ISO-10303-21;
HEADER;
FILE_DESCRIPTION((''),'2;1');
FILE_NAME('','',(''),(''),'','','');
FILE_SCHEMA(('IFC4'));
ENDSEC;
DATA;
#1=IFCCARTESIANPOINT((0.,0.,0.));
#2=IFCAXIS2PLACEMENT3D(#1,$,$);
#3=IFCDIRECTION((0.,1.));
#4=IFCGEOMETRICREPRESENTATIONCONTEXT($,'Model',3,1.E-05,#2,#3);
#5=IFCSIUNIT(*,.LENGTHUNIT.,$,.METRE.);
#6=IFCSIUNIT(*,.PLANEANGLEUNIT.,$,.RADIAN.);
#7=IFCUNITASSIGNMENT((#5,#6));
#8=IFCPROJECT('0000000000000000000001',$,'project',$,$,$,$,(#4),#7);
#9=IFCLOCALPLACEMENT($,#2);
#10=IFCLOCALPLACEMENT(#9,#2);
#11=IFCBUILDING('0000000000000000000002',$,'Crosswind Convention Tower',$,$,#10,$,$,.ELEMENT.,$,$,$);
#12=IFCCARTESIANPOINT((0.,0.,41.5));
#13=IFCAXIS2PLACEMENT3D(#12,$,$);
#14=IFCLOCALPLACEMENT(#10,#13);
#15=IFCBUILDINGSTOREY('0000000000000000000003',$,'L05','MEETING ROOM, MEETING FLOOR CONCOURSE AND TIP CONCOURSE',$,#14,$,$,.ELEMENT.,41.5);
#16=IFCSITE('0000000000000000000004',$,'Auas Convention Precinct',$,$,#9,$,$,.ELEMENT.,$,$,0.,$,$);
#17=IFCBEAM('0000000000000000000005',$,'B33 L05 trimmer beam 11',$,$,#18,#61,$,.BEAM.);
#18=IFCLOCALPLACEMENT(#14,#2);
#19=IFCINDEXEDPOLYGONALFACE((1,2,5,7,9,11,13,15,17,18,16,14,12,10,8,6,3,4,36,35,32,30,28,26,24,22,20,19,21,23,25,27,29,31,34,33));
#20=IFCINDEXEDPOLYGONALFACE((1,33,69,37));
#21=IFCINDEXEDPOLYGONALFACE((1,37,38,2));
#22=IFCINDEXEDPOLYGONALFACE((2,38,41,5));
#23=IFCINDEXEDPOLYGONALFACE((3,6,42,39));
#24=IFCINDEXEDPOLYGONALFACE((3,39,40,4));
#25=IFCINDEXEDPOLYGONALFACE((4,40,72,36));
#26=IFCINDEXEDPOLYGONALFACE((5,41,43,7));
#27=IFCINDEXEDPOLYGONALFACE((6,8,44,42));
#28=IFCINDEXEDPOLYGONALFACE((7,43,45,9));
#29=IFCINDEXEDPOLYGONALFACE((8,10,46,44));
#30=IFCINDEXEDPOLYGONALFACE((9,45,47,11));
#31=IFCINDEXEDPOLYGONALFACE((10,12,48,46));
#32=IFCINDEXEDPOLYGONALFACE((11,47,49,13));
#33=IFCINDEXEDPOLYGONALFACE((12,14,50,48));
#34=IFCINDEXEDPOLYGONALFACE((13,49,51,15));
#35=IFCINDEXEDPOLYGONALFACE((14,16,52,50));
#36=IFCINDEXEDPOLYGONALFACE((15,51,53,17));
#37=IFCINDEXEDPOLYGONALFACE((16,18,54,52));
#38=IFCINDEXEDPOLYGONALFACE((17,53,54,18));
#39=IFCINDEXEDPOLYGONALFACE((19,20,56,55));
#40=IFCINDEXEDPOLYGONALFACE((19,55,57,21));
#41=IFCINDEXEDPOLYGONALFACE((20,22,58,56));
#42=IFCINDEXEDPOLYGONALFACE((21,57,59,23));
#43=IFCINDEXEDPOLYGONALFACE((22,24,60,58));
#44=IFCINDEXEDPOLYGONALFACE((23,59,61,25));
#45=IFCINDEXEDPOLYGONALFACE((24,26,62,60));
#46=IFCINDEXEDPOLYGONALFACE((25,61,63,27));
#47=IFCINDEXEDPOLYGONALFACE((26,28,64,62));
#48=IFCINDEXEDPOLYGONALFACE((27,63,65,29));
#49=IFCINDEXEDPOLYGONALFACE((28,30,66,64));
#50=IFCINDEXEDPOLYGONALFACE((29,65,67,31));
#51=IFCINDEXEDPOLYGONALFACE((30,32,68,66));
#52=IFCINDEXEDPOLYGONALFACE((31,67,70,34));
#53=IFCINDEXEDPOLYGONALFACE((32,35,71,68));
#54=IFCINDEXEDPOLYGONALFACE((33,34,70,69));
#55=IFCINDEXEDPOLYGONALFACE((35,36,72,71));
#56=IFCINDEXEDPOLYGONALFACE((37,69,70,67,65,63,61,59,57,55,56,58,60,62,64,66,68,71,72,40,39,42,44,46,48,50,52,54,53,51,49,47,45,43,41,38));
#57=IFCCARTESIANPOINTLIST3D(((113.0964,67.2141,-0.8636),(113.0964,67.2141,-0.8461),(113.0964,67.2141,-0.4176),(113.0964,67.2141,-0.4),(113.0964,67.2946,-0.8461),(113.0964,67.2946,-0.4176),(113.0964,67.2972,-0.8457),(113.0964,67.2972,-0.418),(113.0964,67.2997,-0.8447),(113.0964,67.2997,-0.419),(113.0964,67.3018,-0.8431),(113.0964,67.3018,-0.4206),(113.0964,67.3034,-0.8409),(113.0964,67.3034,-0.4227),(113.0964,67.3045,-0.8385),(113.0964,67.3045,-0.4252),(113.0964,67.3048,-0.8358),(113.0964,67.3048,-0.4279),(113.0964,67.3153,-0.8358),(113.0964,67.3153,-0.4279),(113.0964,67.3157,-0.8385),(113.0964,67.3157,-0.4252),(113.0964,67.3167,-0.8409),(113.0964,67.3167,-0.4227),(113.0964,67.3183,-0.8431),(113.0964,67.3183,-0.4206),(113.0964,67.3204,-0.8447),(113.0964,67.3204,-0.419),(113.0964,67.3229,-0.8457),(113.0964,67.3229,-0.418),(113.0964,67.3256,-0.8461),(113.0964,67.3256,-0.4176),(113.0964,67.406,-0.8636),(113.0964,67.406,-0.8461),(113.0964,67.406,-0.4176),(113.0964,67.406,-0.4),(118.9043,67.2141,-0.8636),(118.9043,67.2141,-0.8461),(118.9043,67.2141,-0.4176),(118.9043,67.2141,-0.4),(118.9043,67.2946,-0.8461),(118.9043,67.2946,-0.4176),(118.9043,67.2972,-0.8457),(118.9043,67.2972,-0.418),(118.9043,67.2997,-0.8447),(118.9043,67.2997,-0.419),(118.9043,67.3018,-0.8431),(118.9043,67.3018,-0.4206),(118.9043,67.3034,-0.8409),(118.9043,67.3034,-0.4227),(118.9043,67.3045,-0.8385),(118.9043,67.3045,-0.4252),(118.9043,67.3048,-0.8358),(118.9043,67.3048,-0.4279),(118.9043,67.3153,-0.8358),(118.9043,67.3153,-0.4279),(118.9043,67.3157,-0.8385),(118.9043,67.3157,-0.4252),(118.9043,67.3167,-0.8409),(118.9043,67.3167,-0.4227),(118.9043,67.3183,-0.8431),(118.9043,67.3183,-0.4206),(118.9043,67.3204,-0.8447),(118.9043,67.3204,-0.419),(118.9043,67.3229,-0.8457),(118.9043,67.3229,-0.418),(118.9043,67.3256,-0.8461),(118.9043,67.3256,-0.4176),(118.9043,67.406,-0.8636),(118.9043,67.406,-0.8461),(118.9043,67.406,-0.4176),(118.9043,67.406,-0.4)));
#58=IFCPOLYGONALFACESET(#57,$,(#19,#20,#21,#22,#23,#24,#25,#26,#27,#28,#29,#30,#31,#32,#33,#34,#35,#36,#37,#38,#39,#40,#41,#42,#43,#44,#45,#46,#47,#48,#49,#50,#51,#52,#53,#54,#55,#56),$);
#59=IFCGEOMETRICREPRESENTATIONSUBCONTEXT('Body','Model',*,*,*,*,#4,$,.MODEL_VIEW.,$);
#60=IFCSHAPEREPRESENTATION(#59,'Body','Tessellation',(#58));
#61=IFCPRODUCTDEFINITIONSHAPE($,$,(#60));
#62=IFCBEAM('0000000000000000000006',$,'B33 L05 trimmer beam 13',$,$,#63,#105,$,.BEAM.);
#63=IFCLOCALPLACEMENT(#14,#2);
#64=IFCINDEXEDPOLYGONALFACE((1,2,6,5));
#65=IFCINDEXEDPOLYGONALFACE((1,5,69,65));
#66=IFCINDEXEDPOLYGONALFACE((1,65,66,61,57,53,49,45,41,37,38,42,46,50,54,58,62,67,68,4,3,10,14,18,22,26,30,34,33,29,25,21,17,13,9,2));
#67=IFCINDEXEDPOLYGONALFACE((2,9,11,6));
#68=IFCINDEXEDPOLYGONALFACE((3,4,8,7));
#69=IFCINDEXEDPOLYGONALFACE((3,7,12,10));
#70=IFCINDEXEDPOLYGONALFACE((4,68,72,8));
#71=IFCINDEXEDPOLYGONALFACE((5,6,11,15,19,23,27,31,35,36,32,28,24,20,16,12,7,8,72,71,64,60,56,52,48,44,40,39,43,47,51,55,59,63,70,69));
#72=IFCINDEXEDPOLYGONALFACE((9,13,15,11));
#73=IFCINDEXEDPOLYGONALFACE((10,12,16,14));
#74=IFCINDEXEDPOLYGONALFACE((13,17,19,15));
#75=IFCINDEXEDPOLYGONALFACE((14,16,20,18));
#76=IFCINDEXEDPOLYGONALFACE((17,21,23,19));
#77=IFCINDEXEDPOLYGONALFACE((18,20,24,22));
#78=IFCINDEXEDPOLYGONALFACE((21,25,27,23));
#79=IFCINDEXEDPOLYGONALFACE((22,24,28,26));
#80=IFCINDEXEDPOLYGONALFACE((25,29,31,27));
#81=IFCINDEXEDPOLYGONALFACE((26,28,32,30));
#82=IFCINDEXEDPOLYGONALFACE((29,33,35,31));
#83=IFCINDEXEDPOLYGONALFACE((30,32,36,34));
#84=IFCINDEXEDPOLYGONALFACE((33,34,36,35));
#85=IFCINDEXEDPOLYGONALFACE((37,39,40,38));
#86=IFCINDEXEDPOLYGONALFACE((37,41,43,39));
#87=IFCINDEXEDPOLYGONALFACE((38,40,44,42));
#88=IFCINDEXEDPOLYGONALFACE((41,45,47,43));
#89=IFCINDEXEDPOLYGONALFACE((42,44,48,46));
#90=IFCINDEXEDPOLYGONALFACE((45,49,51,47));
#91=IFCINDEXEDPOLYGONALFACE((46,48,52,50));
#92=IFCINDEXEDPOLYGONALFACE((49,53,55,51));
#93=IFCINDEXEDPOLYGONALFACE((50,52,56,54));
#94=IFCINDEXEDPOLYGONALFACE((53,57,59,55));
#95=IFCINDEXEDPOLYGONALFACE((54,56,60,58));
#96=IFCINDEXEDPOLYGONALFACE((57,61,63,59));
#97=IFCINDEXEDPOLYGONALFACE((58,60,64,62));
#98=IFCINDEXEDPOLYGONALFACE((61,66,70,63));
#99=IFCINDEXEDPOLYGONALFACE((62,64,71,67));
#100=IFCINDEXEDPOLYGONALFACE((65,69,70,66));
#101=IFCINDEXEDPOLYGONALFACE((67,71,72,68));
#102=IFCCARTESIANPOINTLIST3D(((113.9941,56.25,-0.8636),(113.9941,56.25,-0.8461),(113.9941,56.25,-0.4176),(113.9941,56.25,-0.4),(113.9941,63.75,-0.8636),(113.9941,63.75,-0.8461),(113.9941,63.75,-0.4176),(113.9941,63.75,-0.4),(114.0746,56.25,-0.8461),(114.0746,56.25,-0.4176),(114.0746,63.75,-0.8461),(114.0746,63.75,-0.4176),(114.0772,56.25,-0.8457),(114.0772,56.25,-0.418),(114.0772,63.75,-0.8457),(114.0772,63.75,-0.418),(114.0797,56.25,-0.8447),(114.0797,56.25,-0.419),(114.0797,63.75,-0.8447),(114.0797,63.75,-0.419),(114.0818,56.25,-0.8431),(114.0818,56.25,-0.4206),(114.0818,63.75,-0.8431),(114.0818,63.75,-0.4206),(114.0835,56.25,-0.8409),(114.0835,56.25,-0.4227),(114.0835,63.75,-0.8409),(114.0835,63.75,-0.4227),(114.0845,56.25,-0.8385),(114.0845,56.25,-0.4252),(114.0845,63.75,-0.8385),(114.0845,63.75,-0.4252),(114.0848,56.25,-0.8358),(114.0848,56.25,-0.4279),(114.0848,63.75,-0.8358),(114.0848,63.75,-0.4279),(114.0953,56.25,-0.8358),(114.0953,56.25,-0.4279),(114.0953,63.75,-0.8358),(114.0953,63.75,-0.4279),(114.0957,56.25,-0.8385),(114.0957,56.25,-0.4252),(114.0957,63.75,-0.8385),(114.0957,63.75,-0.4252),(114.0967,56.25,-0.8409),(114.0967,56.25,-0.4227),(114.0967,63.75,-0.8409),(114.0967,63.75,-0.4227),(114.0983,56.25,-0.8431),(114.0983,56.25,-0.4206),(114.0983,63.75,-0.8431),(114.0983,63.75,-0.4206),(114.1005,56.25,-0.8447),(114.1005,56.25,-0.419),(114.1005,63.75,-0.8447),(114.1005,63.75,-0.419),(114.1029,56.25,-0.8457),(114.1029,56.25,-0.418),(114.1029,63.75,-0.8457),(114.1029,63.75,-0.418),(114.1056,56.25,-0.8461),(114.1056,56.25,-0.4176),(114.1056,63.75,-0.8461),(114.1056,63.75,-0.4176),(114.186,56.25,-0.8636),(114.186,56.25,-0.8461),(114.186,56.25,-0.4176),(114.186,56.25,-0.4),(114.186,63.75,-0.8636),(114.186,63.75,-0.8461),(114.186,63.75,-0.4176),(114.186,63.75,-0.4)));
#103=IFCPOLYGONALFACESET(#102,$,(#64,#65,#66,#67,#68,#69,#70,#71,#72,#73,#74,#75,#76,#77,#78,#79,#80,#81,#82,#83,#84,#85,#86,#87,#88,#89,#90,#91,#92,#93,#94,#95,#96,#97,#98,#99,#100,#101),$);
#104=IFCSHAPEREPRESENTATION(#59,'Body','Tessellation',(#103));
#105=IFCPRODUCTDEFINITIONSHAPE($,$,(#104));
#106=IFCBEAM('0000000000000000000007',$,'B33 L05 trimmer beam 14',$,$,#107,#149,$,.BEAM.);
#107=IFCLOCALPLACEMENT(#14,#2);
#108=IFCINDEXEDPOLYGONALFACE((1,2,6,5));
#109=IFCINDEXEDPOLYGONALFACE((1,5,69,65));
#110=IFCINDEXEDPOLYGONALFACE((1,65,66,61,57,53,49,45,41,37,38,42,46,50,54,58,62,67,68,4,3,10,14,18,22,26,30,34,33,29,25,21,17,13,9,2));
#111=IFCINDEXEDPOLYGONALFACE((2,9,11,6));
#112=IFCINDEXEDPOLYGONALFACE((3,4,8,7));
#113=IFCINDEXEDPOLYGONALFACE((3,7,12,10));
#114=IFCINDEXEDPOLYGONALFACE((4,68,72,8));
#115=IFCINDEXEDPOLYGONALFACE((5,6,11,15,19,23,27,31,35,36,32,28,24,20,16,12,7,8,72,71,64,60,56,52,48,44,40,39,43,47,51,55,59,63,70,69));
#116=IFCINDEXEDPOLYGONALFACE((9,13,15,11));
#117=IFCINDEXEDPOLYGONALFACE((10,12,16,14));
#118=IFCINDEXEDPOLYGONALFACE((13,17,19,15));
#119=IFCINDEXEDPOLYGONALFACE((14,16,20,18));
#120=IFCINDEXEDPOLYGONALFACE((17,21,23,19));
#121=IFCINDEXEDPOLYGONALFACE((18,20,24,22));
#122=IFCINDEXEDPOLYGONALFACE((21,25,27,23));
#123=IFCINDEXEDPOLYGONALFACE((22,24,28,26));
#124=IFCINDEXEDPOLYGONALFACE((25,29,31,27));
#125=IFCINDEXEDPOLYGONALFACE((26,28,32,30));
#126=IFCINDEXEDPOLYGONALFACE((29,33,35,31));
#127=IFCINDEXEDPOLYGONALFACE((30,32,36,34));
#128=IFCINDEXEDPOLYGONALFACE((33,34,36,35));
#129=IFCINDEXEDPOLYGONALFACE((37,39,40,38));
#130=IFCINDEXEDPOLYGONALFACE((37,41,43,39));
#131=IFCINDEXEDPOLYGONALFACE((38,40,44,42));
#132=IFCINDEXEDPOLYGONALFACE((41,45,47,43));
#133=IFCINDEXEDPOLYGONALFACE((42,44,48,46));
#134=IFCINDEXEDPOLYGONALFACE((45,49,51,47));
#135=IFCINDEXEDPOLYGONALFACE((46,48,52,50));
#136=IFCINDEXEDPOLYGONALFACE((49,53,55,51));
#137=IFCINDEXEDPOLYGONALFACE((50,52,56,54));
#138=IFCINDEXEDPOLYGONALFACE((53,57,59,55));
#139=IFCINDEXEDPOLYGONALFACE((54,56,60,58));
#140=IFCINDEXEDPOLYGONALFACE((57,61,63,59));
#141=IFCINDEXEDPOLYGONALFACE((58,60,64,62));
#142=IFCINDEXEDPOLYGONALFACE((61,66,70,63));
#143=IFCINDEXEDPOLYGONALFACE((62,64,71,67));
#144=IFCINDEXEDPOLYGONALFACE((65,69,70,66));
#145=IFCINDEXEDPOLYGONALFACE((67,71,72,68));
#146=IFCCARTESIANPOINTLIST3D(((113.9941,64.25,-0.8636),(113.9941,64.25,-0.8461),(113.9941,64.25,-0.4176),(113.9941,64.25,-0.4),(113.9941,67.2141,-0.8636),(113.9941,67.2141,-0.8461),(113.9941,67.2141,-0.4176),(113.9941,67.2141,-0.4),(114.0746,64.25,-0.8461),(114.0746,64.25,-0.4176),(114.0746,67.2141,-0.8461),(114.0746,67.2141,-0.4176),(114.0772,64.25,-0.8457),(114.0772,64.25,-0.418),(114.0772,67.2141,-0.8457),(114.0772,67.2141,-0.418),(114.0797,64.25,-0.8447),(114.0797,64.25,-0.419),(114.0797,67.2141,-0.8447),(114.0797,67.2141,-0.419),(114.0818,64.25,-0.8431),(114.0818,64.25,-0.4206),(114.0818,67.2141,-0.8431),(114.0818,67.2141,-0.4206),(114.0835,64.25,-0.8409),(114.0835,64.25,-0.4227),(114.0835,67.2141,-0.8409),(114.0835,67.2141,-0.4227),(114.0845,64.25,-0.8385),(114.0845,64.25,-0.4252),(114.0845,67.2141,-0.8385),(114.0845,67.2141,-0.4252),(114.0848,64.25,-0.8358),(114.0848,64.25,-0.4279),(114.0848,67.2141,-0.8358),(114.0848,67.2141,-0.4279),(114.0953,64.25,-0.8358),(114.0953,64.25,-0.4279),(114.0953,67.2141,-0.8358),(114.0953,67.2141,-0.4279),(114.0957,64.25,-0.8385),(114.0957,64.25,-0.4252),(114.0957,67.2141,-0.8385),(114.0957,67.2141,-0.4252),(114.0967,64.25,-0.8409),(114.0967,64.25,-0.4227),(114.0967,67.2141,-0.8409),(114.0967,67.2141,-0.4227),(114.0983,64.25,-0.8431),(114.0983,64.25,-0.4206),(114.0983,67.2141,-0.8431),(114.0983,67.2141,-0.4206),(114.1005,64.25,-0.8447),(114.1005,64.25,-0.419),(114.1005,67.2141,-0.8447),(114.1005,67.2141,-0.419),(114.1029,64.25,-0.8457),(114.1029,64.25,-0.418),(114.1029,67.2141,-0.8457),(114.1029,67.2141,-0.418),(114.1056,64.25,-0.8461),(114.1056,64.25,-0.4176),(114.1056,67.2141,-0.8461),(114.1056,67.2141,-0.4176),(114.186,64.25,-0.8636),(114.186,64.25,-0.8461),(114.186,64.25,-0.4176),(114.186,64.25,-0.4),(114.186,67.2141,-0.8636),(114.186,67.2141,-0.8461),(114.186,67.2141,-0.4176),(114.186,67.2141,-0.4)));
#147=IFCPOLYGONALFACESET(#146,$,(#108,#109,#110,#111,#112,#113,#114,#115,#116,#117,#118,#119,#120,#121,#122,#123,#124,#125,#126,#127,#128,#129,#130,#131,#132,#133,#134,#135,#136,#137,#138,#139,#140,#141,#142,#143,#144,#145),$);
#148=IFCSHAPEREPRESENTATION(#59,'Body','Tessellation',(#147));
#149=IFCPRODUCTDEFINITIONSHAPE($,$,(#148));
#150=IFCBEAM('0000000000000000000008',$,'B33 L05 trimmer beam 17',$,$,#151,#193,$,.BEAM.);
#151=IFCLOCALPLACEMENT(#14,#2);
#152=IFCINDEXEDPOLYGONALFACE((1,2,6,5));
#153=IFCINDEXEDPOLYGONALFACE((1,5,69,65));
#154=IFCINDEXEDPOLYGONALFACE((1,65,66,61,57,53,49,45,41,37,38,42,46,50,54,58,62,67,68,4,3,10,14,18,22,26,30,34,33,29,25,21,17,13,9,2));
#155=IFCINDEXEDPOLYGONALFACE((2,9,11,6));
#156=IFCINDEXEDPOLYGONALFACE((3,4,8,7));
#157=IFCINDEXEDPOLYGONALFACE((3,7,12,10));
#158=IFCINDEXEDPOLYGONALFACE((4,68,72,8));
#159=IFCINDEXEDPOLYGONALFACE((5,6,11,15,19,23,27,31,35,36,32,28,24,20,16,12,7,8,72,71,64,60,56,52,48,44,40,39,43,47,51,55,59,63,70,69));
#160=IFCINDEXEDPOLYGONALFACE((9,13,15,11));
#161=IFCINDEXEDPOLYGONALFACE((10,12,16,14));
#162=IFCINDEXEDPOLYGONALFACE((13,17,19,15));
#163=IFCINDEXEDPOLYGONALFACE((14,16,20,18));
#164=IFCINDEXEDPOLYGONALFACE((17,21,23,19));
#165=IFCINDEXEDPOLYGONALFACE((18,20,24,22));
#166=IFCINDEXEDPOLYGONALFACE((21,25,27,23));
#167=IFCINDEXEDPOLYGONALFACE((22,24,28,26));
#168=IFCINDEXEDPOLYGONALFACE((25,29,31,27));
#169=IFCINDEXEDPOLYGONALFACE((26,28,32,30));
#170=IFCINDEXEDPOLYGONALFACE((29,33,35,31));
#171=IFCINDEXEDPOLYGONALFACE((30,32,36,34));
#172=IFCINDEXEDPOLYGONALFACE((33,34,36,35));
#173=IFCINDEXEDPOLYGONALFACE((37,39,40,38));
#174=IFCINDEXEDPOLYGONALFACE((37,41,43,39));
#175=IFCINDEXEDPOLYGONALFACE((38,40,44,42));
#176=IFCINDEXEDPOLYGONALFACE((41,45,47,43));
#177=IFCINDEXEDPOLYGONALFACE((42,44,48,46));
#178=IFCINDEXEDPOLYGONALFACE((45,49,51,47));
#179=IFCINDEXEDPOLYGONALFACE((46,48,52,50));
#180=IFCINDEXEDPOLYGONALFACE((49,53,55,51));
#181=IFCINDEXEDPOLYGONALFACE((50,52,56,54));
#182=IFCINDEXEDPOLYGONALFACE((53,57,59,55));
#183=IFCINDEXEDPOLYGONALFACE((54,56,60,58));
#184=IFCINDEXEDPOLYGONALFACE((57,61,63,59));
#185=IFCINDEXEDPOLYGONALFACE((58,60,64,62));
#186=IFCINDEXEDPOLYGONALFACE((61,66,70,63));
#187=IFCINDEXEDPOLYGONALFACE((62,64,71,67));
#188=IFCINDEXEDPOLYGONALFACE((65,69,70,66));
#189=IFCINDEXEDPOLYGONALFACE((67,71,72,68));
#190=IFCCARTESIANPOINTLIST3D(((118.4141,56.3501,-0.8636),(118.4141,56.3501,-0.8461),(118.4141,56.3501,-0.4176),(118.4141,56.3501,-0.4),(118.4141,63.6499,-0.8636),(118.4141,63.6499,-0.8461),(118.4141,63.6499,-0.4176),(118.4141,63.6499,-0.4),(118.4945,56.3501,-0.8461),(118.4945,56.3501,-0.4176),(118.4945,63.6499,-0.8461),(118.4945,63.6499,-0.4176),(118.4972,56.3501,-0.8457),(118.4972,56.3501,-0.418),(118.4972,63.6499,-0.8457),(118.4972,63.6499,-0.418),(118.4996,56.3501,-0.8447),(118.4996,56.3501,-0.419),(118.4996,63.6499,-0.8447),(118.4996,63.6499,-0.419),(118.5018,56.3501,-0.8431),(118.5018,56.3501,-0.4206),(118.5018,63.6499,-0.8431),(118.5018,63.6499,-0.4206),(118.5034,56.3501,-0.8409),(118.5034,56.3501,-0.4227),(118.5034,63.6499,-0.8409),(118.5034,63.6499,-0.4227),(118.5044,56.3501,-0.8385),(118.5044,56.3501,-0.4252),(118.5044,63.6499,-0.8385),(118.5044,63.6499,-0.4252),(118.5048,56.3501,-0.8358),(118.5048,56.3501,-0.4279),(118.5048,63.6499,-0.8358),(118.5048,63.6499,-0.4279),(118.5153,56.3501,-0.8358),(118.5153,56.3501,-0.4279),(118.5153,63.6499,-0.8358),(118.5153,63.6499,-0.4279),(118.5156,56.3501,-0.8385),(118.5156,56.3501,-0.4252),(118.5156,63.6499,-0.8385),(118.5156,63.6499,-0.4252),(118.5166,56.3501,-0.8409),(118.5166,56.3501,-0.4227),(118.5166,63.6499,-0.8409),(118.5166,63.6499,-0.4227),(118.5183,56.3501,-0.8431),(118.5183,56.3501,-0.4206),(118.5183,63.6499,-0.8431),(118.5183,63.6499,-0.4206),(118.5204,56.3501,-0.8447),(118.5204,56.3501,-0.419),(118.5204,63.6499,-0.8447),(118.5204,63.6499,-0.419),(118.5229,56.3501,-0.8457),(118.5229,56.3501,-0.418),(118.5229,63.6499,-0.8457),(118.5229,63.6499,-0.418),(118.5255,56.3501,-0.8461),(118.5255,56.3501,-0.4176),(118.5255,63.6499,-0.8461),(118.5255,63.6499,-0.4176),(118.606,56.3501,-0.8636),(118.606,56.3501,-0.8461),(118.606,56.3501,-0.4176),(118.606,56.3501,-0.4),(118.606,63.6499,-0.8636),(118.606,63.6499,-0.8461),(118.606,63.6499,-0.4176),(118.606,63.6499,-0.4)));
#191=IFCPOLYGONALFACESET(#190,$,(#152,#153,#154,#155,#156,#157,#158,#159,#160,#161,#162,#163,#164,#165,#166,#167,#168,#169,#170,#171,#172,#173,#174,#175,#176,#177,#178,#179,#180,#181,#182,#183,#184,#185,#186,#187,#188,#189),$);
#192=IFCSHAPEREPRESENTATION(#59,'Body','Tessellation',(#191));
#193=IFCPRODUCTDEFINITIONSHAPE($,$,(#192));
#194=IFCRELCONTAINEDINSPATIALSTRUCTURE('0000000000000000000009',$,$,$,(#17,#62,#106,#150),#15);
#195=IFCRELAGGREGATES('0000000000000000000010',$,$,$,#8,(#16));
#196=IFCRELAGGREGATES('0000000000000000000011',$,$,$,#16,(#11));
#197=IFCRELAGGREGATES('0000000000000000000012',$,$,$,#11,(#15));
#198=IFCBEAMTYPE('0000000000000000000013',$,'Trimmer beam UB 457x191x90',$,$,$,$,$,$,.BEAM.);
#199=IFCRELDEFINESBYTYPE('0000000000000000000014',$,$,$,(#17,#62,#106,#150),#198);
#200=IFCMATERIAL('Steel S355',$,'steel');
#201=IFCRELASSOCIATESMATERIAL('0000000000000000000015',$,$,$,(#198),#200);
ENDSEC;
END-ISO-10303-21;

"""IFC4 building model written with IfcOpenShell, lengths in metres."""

from ifc_helpers import new_model, si_unit, direction, frame, origin, origin_2d, place, context, subcontext, project, spatial, i_section, extrude, material, material_profile, profile_set, type_object, element, save


model = new_model("IFC4")

# Units and contexts
model_context = context("Model", 3, precision=1e-05, world=origin(), true_north=direction((0.0, 1.0)))
body_context = subcontext(model_context, "Body", "Model", "MODEL_VIEW")
ifc_project = project(units=[si_unit("LENGTHUNIT", "METRE"), si_unit("PLANEANGLEUNIT", "RADIAN")], contexts=[model_context])

# Site, building, storey
site_placement = place(None, origin())
site = spatial("IfcSite", under=ifc_project, at=site_placement, Name="Auas Convention Precinct", CompositionType="ELEMENT", RefElevation=0.0)
building_placement = place(site_placement, origin())
building = spatial("IfcBuilding", under=site, at=building_placement, Name="Crosswind Convention Tower", CompositionType="ELEMENT")
storey_placement = place(building_placement, frame((0.0, 0.0, 41.5)))
storey = spatial("IfcBuildingStorey", under=building, at=storey_placement, Name="L05", Description="MEETING ROOM, MEETING FLOOR CONCOURSE AND TIP CONCOURSE", CompositionType="ELEMENT", Elevation=41.5)

# Shared definitions
ifc_material_1 = material(Name="Steel S355", Category="steel")

# Beams
ifc_material_profile_1 = material_profile(ifc_material_1, i_section(OverallWidth=0.1919, OverallDepth=0.4636, WebThickness=0.0105, FlangeThickness=0.0176, FilletRadius=0.0103, at=origin_2d()), Name="UB 457x191x90")
ifc_profile_set_1 = profile_set([ifc_material_profile_1], Name="Steel S355")
beam_type_1 = type_object("IfcBeamType", Name="Trimmer beam UB 457x191x90", PredefinedType="BEAM", material=ifc_profile_set_1)
beam_1_placement = place(storey_placement, frame((113.0964, 67.3101, -0.6318), z_axis=(1.0, 0.0, 0.0), x_axis=(0.0, 1.0, 0.0)))
element("IfcBeam", 1, at=beam_1_placement, inside=storey, type_object=beam_type_1, Name="B33 L05 trimmer beam 11", PredefinedType="BEAM", context=body_context, shape_type="SweptSolid", body=[
    extrude(i_section(OverallWidth=0.1919, OverallDepth=0.4636, WebThickness=0.0105, FlangeThickness=0.0176, FilletRadius=0.0103, at=origin_2d()), origin(), (0.0, 0.0, 1.0), 5.8079),
])
beam_2_placement = place(storey_placement, frame((114.0901, 63.75, -0.6318), z_axis=(0.0, -1.0, 0.0), x_axis=(1.0, 0.0, 0.0)))
element("IfcBeam", 2, at=beam_2_placement, inside=storey, type_object=beam_type_1, Name="B33 L05 trimmer beam 13", PredefinedType="BEAM", context=body_context, shape_type="SweptSolid", body=[
    extrude(i_section(OverallWidth=0.1919, OverallDepth=0.4636, WebThickness=0.0105, FlangeThickness=0.0176, FilletRadius=0.0103, at=origin_2d()), origin(), (0.0, 0.0, 1.0), 7.5),
])
beam_3_placement = place(storey_placement, frame((114.0901, 67.2141, -0.6318), z_axis=(0.0, -1.0, 0.0), x_axis=(1.0, 0.0, 0.0)))
element("IfcBeam", 3, at=beam_3_placement, inside=storey, type_object=beam_type_1, Name="B33 L05 trimmer beam 14", PredefinedType="BEAM", context=body_context, shape_type="SweptSolid", body=[
    extrude(i_section(OverallWidth=0.1919, OverallDepth=0.4636, WebThickness=0.0105, FlangeThickness=0.0176, FilletRadius=0.0103, at=origin_2d()), origin(), (0.0, 0.0, 1.0), 2.9641),
])
beam_4_placement = place(storey_placement, frame((118.51, 63.6499, -0.6318), z_axis=(0.0, -1.0, 0.0), x_axis=(1.0, 0.0, 0.0)))
element("IfcBeam", 4, at=beam_4_placement, inside=storey, type_object=beam_type_1, Name="B33 L05 trimmer beam 17", PredefinedType="BEAM", context=body_context, shape_type="SweptSolid", body=[
    extrude(i_section(OverallWidth=0.1919, OverallDepth=0.4636, WebThickness=0.0105, FlangeThickness=0.0176, FilletRadius=0.0103, at=origin_2d()), origin(), (0.0, 0.0, 1.0), 7.2998),
])

save(model, "model.ifc")
